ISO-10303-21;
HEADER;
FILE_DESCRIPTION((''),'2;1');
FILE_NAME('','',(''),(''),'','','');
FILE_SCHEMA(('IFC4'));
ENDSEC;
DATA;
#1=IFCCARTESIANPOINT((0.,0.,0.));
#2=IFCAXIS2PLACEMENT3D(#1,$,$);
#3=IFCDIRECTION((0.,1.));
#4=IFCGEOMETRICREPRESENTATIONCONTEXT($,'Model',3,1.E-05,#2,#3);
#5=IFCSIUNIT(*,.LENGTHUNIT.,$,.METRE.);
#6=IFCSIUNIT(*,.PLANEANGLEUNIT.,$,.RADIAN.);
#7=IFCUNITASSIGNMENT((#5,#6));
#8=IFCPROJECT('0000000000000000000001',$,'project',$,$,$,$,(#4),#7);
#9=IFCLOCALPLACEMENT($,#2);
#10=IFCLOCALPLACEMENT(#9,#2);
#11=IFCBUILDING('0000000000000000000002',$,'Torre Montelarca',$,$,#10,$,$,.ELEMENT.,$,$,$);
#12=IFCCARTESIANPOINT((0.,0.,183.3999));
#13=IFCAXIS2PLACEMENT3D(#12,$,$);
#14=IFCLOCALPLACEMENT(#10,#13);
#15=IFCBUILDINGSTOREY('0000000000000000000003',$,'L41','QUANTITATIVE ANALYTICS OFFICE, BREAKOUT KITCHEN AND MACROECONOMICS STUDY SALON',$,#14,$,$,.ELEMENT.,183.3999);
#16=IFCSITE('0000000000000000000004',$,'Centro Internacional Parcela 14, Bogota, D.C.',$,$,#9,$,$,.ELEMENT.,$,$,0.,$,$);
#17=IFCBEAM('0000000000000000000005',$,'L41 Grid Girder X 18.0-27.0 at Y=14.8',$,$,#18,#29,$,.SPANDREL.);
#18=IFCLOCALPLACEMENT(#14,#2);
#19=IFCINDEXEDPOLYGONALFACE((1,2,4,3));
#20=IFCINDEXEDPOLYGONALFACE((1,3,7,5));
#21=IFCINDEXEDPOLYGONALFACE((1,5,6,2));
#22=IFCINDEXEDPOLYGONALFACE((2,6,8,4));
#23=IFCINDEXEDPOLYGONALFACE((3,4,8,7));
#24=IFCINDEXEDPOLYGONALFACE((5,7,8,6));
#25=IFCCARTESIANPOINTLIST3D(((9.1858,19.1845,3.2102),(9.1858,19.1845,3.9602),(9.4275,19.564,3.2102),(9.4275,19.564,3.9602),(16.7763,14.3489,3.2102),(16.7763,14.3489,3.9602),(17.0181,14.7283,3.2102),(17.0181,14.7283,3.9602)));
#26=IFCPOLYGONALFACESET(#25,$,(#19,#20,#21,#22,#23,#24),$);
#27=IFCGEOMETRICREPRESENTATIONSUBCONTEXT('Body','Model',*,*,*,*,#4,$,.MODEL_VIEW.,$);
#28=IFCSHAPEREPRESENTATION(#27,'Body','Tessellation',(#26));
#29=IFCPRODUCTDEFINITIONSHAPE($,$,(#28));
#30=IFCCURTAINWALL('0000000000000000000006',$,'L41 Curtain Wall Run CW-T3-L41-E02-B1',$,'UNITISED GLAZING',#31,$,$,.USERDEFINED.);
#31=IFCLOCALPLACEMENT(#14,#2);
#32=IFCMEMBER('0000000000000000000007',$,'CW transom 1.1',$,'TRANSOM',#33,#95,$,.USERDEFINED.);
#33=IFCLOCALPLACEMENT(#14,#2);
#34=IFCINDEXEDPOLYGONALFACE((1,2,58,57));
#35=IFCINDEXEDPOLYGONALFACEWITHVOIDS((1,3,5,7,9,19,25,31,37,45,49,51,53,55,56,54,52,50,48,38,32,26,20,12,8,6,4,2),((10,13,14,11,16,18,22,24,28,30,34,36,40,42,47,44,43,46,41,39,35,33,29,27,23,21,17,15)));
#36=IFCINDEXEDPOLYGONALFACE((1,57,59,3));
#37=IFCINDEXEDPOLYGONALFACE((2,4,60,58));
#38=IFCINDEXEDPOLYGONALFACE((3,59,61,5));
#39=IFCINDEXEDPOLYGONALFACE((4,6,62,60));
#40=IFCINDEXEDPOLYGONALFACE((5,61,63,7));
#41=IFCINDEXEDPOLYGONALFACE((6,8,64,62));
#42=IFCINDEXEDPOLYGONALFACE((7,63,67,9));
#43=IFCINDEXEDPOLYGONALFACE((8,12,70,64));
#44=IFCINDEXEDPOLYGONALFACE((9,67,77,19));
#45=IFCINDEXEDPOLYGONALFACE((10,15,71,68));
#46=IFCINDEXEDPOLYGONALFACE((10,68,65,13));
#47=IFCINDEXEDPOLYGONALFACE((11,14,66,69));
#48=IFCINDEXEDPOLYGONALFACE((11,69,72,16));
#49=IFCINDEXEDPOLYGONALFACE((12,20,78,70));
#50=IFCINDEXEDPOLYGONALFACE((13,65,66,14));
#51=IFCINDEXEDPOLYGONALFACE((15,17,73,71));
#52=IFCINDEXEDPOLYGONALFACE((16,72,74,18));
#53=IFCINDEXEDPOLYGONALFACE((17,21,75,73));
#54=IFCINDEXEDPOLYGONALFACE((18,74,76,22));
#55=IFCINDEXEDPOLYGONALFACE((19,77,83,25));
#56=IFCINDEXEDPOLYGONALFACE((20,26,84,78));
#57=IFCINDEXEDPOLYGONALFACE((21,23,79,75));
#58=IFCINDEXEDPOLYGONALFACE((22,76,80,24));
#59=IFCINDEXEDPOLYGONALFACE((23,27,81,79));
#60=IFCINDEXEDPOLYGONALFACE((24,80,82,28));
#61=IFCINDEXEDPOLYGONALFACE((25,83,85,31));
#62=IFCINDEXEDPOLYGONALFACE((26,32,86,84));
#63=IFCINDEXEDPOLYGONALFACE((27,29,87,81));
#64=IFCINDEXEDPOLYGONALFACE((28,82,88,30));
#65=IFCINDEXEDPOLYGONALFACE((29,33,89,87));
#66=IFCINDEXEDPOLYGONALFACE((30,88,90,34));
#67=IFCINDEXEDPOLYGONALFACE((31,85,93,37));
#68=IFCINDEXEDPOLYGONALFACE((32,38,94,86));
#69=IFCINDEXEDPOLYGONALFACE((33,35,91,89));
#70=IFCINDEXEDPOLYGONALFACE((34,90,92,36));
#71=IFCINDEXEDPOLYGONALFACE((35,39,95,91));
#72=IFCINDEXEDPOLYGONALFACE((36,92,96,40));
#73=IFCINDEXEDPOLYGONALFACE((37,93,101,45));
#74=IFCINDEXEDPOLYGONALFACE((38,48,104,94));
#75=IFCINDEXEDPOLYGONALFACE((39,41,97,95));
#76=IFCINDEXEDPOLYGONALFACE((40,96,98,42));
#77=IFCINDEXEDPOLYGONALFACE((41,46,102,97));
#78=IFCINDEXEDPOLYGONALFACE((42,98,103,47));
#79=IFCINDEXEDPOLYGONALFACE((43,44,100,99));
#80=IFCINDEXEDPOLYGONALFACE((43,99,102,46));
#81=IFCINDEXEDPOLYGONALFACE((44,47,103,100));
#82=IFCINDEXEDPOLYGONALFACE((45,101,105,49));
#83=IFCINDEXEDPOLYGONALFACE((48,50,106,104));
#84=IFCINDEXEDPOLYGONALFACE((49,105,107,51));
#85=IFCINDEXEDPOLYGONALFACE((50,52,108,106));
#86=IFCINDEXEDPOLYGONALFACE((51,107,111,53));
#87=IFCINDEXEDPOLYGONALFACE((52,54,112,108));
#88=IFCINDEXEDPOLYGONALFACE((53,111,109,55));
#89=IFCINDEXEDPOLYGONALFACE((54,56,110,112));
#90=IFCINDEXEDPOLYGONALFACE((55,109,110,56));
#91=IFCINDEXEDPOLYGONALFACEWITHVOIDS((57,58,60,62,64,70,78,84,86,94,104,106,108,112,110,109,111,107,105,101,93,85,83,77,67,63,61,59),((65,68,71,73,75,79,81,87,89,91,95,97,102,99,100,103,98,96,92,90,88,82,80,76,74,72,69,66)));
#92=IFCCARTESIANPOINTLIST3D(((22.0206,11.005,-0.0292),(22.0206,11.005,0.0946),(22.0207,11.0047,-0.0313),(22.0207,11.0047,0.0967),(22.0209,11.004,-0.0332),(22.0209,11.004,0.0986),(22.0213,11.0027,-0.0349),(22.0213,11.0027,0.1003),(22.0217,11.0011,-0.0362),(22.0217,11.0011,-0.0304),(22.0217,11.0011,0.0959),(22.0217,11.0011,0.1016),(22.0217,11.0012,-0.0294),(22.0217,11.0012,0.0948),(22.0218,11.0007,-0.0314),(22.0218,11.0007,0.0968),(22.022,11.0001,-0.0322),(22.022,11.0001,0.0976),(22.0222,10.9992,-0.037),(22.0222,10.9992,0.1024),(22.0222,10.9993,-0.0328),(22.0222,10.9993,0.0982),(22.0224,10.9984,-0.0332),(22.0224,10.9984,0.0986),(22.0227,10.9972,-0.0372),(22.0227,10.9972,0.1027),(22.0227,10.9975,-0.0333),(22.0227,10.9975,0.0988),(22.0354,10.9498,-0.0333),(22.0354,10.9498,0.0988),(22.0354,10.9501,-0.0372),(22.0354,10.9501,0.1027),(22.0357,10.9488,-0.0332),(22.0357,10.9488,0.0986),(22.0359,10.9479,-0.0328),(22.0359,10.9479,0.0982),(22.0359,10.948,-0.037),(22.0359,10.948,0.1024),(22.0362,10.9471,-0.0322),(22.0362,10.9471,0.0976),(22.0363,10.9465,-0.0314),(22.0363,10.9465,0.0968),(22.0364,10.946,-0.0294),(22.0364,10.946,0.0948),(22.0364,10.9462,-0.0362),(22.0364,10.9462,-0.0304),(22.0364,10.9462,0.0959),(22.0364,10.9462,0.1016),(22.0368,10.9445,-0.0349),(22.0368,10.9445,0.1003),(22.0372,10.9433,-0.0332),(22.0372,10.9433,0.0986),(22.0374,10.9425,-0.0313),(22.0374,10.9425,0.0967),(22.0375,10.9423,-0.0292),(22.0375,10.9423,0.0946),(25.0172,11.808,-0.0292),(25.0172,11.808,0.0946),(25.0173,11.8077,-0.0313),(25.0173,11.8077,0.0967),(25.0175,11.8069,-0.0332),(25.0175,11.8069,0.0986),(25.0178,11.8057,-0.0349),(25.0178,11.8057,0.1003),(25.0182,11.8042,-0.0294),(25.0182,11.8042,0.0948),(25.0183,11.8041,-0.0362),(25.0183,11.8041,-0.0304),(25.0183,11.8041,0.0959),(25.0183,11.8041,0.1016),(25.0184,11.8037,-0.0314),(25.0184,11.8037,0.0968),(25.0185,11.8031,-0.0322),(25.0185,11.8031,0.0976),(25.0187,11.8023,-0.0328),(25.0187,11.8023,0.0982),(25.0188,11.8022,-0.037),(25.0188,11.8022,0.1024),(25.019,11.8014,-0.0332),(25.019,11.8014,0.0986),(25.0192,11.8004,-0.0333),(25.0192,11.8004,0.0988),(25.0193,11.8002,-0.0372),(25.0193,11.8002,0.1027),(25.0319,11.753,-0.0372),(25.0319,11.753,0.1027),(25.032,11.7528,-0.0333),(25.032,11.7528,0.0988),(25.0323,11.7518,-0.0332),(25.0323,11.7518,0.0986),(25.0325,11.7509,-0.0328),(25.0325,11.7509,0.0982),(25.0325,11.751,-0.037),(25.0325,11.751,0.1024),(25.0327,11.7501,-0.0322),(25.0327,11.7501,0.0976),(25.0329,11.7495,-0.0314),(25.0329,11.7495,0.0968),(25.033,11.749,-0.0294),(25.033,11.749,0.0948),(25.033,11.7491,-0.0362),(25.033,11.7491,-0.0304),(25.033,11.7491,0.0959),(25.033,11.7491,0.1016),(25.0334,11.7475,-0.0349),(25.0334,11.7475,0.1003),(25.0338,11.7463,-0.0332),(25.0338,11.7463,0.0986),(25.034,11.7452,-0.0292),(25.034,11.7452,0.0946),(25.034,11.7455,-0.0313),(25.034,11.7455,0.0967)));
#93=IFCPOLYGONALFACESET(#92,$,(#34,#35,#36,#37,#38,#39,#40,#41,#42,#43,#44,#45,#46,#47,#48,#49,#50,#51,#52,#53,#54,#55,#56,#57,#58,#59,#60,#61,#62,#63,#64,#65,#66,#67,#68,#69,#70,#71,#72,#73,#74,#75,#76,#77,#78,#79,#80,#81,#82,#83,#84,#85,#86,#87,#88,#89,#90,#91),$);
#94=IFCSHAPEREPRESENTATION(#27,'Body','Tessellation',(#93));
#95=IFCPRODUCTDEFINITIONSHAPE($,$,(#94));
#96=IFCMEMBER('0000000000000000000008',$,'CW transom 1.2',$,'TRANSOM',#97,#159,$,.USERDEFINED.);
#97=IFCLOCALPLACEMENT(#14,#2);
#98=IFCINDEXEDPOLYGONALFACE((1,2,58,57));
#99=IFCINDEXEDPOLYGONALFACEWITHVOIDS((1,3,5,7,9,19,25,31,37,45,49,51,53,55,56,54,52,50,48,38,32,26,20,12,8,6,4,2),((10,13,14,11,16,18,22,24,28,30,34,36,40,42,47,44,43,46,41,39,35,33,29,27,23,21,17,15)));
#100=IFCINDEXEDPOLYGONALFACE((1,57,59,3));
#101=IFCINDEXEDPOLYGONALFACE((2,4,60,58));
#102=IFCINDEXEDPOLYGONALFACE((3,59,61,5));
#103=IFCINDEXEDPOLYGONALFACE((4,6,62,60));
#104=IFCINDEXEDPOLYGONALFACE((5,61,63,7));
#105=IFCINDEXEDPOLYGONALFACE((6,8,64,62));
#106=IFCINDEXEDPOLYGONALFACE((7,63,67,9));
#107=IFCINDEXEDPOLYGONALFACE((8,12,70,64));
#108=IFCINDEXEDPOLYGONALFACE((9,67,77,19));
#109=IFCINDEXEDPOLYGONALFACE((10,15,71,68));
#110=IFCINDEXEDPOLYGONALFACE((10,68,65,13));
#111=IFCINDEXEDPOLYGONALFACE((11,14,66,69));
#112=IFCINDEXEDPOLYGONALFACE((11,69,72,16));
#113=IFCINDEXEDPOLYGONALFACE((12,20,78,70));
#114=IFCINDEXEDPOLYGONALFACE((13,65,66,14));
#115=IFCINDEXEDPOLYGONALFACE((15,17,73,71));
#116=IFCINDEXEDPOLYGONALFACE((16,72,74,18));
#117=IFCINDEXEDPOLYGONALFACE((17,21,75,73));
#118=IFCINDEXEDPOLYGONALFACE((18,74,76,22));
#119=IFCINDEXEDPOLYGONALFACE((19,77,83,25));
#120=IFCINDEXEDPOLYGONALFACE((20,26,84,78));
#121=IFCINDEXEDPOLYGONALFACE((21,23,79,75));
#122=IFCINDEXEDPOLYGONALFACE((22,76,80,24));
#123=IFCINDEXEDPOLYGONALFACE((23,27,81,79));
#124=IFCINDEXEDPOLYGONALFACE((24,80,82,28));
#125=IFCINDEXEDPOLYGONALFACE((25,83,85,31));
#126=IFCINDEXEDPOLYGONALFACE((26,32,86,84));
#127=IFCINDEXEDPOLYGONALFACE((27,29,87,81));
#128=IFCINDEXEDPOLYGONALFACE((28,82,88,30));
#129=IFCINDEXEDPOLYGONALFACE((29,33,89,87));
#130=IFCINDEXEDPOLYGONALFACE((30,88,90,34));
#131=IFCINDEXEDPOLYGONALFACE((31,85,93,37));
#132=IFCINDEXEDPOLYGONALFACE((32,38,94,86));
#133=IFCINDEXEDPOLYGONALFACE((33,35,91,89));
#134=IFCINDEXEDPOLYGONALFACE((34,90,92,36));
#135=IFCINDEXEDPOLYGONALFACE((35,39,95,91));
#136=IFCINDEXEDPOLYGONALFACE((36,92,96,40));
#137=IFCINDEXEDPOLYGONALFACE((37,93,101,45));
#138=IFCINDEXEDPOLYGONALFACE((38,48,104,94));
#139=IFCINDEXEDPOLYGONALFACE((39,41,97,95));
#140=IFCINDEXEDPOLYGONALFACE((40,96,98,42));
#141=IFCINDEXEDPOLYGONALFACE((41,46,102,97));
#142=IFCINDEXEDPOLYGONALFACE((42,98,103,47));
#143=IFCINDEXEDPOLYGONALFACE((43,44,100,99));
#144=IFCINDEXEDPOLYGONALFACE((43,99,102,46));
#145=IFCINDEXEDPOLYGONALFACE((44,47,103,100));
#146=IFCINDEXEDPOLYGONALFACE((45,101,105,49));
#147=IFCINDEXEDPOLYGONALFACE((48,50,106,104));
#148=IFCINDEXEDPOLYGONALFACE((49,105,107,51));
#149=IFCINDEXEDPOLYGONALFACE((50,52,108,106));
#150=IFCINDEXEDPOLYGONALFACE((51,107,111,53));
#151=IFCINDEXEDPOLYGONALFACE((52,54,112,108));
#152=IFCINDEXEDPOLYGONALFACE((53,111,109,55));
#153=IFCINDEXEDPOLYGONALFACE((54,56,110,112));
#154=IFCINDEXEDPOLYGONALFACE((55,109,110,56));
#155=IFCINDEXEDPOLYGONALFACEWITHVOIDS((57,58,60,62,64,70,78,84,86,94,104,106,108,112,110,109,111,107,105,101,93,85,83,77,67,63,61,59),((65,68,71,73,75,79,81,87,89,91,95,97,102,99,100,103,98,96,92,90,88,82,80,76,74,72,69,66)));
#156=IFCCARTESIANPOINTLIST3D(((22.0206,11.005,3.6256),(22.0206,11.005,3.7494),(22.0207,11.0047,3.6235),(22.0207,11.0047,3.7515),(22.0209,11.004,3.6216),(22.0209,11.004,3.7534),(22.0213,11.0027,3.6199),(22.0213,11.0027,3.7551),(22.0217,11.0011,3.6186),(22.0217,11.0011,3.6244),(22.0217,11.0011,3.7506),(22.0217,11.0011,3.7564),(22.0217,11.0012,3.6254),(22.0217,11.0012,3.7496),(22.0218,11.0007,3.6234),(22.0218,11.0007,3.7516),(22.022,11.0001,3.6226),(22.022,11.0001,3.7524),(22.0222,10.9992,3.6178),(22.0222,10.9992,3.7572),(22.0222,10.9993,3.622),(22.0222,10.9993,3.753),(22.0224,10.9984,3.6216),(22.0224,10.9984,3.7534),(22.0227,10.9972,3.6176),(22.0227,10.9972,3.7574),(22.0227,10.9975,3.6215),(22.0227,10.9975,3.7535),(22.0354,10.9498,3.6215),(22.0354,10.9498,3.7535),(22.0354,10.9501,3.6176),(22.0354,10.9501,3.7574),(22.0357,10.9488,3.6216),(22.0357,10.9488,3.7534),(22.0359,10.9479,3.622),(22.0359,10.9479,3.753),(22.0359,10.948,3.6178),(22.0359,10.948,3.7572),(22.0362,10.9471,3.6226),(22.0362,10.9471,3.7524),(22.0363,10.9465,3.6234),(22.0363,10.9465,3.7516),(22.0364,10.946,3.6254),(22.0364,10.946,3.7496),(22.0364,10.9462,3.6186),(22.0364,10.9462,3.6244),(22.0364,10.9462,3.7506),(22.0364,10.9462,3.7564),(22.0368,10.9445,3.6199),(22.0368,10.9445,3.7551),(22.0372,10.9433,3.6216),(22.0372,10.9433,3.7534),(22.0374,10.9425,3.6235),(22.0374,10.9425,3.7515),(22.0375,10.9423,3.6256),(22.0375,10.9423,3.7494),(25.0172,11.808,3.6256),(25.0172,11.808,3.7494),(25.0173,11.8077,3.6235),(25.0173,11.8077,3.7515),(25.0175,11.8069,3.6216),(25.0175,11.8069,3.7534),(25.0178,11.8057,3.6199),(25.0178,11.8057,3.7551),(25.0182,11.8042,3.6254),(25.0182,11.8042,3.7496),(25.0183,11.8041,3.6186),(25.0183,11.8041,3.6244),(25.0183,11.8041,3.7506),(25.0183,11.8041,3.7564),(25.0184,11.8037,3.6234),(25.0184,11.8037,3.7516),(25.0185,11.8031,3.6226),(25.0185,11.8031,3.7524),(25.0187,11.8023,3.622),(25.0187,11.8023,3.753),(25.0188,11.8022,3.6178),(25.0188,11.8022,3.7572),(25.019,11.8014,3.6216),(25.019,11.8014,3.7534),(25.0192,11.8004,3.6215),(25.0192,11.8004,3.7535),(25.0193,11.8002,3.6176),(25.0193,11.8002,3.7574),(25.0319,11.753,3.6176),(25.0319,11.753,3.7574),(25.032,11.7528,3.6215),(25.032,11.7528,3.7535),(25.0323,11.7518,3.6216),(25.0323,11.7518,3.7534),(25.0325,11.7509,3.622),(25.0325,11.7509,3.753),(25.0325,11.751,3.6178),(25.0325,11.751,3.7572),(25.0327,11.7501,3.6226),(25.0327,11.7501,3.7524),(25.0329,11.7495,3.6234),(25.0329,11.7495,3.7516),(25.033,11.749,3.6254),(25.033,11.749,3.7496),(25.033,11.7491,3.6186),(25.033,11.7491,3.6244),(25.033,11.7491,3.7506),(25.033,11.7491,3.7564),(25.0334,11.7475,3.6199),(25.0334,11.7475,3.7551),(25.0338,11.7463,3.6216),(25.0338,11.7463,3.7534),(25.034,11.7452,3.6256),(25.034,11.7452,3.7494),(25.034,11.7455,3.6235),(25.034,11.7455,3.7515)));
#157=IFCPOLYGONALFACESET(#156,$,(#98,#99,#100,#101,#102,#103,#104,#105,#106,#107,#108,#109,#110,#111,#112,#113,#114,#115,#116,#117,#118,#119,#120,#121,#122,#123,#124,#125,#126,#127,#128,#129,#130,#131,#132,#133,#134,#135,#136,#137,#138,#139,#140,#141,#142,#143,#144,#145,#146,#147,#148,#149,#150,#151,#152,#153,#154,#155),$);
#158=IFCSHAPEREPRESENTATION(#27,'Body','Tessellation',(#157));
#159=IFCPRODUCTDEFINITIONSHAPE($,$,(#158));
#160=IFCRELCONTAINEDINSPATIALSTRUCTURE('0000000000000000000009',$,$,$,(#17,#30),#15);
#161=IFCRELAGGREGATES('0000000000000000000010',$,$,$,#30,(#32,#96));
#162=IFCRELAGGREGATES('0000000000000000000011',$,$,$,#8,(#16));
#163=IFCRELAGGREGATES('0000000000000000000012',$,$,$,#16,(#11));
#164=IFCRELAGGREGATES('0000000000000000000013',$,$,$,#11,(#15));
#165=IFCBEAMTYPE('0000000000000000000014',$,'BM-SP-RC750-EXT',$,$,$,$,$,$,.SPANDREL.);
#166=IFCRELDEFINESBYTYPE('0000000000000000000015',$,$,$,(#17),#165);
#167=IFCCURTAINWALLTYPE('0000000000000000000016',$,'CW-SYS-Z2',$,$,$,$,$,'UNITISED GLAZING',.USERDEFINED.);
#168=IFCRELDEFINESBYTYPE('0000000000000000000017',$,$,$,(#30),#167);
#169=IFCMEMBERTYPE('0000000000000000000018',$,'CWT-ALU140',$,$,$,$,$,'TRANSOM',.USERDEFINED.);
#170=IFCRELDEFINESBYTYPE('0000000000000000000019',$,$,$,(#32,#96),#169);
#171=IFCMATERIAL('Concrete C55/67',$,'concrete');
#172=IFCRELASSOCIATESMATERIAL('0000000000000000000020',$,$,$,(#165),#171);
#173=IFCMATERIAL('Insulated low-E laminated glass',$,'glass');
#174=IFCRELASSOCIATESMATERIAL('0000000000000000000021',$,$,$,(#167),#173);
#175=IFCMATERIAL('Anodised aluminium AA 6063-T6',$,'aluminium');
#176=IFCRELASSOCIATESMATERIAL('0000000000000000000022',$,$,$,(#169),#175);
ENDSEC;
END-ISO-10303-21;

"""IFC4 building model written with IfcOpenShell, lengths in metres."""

from ifc_helpers import new_model, si_unit, direction, frame, origin, origin_2d, place, context, subcontext, project, spatial, rectangle, hollow_rectangle, extrude, source, transform, mapped, material, material_profile, profile_set, type_object, element, aggregate, save


model = new_model("IFC4")

# Units and contexts
model_context = context("Model", 3, precision=1e-05, world=origin(), true_north=direction((0.0, 1.0)))
body_context = subcontext(model_context, "Body", "Model", "MODEL_VIEW")
ifc_project = project(units=[si_unit("LENGTHUNIT", "METRE"), si_unit("PLANEANGLEUNIT", "RADIAN")], contexts=[model_context])

# Site, building, storey
site_placement = place(None, origin())
site = spatial("IfcSite", under=ifc_project, at=site_placement, Name="Centro Internacional Parcela 14, Bogota, D.C.", CompositionType="ELEMENT", RefElevation=0.0)
building_placement = place(site_placement, origin())
building = spatial("IfcBuilding", under=site, at=building_placement, Name="Torre Montelarca", CompositionType="ELEMENT")
storey_placement = place(building_placement, frame((0.0, 0.0, 183.3999)))
storey = spatial("IfcBuildingStorey", under=building, at=storey_placement, Name="L41", Description="QUANTITATIVE ANALYTICS OFFICE, BREAKOUT KITCHEN AND MACROECONOMICS STUDY SALON", CompositionType="ELEMENT", Elevation=183.3999)

# Shared definitions
ifc_material_1 = material(Name="Concrete C55/67", Category="concrete")

# Beam
ifc_material_profile_1 = material_profile(ifc_material_1, rectangle(XDim=0.45, YDim=0.75, at=origin_2d()), Name="RCB450X750", Category="concrete")
ifc_profile_set_1 = profile_set([ifc_material_profile_1], Name="Concrete C55/67")
beam_type = type_object("IfcBeamType", Name="BM-SP-RC750-EXT", PredefinedType="SPANDREL", material=ifc_profile_set_1)
shared_shape_1 = source(origin(), body_context, "Body", "SweptSolid", [
    extrude(rectangle(XDim=0.45, YDim=0.75, at=origin_2d()), origin(), (0.0, 0.0, 1.0), 9.0),
])
beam_placement = place(storey_placement, frame((9.3066, 19.3743, 3.5852), z_axis=(0.843393, -0.537297, 0.0), x_axis=(0.537297, 0.843393, 0.0)))
element("IfcBeam", 1, at=beam_placement, inside=storey, type_object=beam_type, Name="L41 Grid Girder X 18.0-27.0 at Y=14.8", PredefinedType="SPANDREL", context=body_context, shape_type="MappedRepresentation", body=[
    mapped(shared_shape_1, transform((0.0, 0.0, 0.0), scale=1.0)),
])

# Curtain wall, members
ifc_material_2 = material(Name="Insulated low-E laminated glass", Category="glass")
curtain_wall_type = type_object("IfcCurtainWallType", Name="CW-SYS-Z2", ElementType="UNITISED GLAZING", PredefinedType="USERDEFINED", material=ifc_material_2)
curtain_wall_1_placement = place(storey_placement, origin())
curtain_wall_1 = element("IfcCurtainWall", 2, at=curtain_wall_1_placement, inside=storey, type_object=curtain_wall_type, Name="L41 Curtain Wall Run CW-T3-L41-E02-B1", ObjectType="UNITISED GLAZING", PredefinedType="USERDEFINED")
ifc_material_3 = material(Name="Anodised aluminium AA 6063-T6", Category="aluminium")
ifc_material_profile_2 = material_profile(ifc_material_3, hollow_rectangle(XDim=0.0649, YDim=0.1399, WallThickness=0.0039, InnerFilletRadius=0.0039, OuterFilletRadius=0.0081, at=origin_2d()), Name="ALU65X140X4", Category="aluminium")
ifc_profile_set_2 = profile_set([ifc_material_profile_2], Name="Anodised aluminium AA 6063-T6")
member_type_1 = type_object("IfcMemberType", Name="CWT-ALU140", ElementType="TRANSOM", PredefinedType="USERDEFINED", material=ifc_profile_set_2)
shared_shape_2 = source(origin(), body_context, "Body", "SweptSolid", [
    extrude(hollow_rectangle(XDim=0.0649, YDim=0.1399, WallThickness=0.0039, InnerFilletRadius=0.0039, OuterFilletRadius=0.0081, at=origin_2d()), origin(), (0.0, 0.0, 1.0), 3.1023),
])
member_1_placement = place(storey_placement, frame((22.0291, 10.9736, 0.0327), z_axis=(0.965922, 0.258833, 0.0), x_axis=(-0.258833, 0.965922, 0.0)))
member_1 = element("IfcMember", 3, at=member_1_placement, type_object=member_type_1, Name="CW transom 1.1", ObjectType="TRANSOM", PredefinedType="USERDEFINED", context=body_context, shape_type="MappedRepresentation", body=[
    mapped(shared_shape_2, transform((0.0, 0.0, 0.0), scale=1.0)),
])
member_2_placement = place(storey_placement, frame((22.0291, 10.9736, 3.6875), z_axis=(0.965922, 0.258833, 0.0), x_axis=(-0.258833, 0.965922, 0.0)))
member_2 = element("IfcMember", 4, at=member_2_placement, type_object=member_type_1, Name="CW transom 1.2", ObjectType="TRANSOM", PredefinedType="USERDEFINED", context=body_context, shape_type="MappedRepresentation", body=[
    mapped(shared_shape_2, transform((0.0, 0.0, 0.0), scale=1.0)),
])

aggregate(curtain_wall_1, [member_1, member_2])

save(model, "model.ifc")
